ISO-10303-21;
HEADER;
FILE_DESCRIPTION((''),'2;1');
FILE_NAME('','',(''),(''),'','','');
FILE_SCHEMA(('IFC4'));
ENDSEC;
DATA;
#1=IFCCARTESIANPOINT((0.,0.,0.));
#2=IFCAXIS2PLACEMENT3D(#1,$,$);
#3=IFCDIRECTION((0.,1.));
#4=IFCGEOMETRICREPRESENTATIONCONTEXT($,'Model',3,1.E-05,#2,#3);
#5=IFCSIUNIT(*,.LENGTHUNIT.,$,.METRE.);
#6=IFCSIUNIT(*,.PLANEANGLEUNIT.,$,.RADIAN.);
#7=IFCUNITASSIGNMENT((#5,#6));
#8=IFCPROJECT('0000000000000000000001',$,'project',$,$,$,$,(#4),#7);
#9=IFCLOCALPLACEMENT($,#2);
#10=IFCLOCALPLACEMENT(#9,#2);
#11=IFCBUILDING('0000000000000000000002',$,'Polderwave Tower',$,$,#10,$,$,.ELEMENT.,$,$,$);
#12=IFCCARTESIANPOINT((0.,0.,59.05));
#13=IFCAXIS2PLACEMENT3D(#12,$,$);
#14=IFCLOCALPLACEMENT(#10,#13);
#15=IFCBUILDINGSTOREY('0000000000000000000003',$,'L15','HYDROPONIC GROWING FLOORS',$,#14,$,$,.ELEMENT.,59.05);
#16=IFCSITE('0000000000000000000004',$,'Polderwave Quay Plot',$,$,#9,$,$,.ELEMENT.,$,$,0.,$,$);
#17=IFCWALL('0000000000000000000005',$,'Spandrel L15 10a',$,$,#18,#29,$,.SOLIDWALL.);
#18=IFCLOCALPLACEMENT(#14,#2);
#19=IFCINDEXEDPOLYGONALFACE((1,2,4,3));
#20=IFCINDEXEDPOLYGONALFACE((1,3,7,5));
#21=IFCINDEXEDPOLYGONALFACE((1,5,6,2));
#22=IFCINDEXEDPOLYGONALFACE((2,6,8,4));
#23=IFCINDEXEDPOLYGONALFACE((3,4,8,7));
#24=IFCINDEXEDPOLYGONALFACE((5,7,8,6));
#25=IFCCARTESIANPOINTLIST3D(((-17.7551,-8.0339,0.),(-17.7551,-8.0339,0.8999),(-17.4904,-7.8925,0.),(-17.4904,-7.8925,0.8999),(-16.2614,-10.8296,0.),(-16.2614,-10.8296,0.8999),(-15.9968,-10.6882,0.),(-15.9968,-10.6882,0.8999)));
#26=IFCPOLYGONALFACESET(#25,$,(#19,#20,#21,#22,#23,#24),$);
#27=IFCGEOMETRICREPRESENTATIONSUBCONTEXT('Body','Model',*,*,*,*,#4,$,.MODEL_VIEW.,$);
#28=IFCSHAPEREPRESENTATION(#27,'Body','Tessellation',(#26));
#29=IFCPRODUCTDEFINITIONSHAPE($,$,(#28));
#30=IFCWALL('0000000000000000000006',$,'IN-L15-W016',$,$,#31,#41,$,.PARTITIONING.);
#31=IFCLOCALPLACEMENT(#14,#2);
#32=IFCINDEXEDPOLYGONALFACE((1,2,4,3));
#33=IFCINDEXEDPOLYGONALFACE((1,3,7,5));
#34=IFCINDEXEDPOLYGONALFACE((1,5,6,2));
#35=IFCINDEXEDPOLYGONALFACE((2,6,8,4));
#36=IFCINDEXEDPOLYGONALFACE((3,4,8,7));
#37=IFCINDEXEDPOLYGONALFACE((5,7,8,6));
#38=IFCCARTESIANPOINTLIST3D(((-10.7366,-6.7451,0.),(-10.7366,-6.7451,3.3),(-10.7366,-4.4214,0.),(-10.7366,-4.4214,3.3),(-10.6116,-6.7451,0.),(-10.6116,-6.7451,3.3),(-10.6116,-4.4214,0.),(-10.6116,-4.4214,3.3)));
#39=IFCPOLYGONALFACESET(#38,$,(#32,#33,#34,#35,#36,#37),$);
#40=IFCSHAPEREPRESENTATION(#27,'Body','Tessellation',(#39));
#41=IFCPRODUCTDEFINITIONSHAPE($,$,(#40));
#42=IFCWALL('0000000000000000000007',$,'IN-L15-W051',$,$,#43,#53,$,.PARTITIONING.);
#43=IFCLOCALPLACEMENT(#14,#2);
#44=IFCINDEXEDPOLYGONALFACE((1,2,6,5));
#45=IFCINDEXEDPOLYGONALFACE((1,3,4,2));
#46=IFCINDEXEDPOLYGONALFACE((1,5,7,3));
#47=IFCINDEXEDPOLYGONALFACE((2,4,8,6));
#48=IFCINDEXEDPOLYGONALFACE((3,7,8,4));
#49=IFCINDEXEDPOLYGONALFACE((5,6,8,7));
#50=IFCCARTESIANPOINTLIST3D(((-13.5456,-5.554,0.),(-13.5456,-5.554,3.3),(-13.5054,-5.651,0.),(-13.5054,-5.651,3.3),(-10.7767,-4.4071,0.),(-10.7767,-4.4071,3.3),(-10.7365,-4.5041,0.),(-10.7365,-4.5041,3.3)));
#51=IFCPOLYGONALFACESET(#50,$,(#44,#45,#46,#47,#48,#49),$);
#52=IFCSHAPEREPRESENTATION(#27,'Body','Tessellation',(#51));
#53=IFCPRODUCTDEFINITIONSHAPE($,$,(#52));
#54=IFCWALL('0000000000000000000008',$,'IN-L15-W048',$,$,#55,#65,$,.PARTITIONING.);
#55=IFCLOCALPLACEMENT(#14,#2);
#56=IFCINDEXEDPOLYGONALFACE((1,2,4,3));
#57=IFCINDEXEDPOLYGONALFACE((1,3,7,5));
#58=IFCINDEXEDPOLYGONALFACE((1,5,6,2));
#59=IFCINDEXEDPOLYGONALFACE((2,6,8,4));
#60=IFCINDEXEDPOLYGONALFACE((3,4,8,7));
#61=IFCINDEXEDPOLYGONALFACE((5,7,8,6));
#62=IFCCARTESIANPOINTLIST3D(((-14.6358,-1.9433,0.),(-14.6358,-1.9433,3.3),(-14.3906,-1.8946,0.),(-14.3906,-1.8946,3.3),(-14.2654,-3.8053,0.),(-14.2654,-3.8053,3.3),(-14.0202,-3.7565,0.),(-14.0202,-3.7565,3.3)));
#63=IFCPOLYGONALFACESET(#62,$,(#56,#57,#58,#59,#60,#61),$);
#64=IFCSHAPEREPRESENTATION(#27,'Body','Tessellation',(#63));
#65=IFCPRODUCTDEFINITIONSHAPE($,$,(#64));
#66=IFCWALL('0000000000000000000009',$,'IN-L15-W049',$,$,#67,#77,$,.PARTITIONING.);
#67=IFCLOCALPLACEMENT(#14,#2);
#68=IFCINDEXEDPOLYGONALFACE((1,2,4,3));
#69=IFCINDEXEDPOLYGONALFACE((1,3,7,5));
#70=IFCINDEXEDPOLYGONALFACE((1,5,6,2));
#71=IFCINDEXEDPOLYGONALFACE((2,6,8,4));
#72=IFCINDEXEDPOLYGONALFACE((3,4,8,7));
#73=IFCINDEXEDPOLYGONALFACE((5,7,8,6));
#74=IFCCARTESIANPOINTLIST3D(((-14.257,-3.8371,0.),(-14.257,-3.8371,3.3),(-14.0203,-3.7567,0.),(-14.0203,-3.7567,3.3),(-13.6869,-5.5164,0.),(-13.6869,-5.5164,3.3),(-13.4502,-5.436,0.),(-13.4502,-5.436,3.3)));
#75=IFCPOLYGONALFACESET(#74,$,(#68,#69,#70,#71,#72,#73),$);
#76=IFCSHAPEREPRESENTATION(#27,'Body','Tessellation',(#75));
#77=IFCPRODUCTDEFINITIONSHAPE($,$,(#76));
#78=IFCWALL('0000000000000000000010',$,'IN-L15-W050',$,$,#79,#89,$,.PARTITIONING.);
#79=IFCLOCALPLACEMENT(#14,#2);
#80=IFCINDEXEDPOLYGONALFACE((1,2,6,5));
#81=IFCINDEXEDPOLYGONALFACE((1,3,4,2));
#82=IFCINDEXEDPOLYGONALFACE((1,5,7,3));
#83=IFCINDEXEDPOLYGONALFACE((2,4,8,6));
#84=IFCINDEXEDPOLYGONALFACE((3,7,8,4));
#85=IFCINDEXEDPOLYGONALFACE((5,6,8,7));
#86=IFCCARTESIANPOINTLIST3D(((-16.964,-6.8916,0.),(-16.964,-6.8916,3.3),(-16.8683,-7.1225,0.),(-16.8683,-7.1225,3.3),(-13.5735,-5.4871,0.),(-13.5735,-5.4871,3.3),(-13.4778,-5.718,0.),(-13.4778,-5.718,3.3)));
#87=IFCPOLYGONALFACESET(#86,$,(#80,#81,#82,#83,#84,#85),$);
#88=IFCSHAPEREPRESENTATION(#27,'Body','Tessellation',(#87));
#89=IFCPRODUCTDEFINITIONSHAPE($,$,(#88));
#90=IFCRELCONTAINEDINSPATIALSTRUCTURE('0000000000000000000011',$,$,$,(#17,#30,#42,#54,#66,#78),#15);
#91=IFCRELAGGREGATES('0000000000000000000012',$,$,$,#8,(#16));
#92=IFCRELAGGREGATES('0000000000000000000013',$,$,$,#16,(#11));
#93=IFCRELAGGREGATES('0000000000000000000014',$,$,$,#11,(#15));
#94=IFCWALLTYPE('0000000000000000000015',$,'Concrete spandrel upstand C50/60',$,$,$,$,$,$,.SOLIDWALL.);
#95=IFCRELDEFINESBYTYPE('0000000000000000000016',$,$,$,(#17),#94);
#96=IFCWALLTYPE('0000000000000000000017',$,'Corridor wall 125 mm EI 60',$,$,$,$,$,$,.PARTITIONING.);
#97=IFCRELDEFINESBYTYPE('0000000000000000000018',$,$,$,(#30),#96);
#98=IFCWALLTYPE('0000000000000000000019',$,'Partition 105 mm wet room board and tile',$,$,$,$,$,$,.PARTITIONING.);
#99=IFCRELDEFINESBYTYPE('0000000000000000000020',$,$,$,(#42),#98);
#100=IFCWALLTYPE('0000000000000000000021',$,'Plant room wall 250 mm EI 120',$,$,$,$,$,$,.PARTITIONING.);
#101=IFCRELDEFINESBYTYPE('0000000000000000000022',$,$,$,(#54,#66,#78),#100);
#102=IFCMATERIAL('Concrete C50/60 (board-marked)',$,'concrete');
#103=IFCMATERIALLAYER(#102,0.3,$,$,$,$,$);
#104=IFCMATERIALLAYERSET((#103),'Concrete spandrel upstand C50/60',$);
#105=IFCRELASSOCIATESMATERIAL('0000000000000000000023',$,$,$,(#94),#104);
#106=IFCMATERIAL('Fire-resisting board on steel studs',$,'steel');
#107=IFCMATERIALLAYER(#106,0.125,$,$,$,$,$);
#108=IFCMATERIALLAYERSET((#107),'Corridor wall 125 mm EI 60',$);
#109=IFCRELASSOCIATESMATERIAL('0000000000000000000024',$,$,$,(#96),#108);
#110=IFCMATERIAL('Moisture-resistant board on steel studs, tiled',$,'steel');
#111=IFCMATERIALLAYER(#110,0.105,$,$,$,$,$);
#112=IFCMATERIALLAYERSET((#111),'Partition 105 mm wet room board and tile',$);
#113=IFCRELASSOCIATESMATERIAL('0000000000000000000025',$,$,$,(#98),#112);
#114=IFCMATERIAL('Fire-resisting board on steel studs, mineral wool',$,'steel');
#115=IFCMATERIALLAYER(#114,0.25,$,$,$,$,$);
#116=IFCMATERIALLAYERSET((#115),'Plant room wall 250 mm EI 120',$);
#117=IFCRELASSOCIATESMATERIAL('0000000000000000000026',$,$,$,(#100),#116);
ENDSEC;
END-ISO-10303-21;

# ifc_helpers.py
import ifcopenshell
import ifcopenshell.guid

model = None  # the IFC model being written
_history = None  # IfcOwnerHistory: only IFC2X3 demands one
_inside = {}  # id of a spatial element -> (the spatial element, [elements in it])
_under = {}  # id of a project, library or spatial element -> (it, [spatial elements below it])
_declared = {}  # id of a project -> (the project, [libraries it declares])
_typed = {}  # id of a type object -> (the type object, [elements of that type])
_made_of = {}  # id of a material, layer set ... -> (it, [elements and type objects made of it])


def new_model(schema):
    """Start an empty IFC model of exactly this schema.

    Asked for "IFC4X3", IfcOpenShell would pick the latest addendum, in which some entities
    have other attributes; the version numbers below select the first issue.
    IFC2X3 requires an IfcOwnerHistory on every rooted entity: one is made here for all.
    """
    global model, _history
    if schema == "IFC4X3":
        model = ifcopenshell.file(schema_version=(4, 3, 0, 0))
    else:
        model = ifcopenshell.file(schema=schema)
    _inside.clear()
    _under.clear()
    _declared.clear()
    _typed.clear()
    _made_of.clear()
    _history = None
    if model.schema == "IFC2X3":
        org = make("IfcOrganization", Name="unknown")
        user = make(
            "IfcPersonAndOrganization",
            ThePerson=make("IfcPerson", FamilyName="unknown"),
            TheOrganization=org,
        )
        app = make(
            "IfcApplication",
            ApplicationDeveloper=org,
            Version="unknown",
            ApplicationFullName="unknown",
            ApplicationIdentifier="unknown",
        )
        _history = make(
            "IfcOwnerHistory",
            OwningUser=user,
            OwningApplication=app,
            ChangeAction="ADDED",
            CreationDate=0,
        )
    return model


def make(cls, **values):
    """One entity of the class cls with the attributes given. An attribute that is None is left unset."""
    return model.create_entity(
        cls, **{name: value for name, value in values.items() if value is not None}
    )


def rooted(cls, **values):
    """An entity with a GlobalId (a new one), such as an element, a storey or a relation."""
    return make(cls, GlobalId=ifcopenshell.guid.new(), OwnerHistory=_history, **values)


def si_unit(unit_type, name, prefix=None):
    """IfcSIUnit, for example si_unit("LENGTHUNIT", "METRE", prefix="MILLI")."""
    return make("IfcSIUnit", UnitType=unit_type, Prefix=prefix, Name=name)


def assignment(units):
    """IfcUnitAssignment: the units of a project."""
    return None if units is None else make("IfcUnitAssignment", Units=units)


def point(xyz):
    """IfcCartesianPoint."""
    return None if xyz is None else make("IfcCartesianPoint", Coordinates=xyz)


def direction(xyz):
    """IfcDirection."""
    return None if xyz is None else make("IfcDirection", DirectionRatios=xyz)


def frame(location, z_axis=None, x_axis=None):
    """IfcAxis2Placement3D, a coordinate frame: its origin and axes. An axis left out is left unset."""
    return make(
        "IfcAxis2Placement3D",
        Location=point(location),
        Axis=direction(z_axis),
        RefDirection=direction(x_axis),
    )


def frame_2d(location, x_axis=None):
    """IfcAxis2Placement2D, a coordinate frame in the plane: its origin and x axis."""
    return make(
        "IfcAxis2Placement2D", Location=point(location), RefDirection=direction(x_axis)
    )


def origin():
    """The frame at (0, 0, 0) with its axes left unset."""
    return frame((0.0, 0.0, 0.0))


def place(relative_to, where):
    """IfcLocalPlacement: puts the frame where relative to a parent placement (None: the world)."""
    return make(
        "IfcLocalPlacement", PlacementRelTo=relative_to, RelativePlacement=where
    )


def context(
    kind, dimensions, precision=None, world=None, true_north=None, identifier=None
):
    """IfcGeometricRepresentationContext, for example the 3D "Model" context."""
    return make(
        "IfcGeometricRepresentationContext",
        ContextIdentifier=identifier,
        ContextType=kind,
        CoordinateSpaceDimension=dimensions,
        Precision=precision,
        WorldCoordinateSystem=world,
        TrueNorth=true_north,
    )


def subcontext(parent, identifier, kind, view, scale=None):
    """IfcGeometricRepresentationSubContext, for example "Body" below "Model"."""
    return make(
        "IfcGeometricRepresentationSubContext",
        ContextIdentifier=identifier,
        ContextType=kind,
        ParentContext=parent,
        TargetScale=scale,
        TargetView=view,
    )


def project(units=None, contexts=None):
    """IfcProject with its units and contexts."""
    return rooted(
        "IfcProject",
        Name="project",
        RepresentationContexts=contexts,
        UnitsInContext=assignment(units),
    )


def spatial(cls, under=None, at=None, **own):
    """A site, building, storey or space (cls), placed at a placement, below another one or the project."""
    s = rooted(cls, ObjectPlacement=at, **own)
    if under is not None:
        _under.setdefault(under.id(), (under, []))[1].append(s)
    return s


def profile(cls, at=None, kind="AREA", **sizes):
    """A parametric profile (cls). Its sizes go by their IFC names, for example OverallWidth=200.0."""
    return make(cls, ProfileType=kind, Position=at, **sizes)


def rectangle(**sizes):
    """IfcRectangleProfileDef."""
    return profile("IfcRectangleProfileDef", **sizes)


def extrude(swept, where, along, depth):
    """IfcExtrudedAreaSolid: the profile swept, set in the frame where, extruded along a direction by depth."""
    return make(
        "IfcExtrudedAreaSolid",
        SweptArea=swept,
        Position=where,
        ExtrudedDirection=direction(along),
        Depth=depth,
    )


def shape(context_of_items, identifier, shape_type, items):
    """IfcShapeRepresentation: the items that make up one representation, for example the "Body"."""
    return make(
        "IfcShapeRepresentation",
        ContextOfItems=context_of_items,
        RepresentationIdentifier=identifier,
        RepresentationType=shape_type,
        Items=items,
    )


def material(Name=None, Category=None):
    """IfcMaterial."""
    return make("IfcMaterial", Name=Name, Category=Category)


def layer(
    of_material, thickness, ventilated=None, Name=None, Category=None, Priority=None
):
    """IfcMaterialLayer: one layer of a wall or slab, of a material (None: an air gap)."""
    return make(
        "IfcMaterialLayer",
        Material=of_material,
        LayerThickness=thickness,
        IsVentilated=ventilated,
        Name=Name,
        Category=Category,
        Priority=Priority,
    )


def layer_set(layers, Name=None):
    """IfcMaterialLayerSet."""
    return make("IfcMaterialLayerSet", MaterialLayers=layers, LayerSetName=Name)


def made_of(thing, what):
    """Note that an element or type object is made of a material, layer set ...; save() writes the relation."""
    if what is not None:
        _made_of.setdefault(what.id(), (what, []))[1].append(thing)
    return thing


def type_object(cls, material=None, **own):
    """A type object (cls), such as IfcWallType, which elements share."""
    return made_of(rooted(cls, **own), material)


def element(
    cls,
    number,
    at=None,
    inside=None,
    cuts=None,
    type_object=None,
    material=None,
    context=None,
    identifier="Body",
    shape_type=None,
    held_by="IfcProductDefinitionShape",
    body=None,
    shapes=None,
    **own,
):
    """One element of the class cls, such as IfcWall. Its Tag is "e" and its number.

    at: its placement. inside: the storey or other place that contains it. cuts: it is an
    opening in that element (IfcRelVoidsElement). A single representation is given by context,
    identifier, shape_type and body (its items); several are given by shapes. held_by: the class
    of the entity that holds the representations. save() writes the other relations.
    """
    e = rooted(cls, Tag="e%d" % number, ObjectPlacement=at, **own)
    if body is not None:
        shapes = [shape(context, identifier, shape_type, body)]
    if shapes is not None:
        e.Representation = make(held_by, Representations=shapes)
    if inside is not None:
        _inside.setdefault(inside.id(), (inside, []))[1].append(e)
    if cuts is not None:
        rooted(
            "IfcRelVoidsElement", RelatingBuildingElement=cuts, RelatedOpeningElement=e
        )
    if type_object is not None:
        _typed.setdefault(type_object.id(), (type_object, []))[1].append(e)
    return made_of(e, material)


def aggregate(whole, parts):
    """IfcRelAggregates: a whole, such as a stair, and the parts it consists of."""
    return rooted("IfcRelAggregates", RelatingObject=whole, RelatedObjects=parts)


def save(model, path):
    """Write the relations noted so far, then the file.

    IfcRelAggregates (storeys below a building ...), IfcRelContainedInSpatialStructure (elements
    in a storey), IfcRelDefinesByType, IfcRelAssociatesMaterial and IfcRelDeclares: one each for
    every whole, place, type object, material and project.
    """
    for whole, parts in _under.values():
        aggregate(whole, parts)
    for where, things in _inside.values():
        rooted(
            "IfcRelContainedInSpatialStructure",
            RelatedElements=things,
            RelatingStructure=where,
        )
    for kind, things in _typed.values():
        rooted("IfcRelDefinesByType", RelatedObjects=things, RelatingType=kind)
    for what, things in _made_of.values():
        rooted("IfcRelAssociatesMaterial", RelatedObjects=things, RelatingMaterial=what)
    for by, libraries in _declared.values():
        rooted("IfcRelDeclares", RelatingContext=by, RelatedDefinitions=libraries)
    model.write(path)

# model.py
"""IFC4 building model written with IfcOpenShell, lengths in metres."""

from ifc_helpers import new_model, si_unit, direction, frame, frame_2d, origin, place, context, subcontext, project, spatial, rectangle, extrude, material, layer, layer_set, type_object, element, save


model = new_model("IFC4")

# Units and contexts
model_context = context("Model", 3, precision=1e-05, world=origin(), true_north=direction((0.0, 1.0)))
body_context = subcontext(model_context, "Body", "Model", "MODEL_VIEW")
ifc_project = project(units=[si_unit("LENGTHUNIT", "METRE"), si_unit("PLANEANGLEUNIT", "RADIAN")], contexts=[model_context])

# Site, building, storey
site_placement = place(None, origin())
site = spatial("IfcSite", under=ifc_project, at=site_placement, Name="Polderwave Quay Plot", CompositionType="ELEMENT", RefElevation=0.0)
building_placement = place(site_placement, origin())
building = spatial("IfcBuilding", under=site, at=building_placement, Name="Polderwave Tower", CompositionType="ELEMENT")
storey_placement = place(building_placement, frame((0.0, 0.0, 59.05)))
storey = spatial("IfcBuildingStorey", under=building, at=storey_placement, Name="L15", Description="HYDROPONIC GROWING FLOORS", CompositionType="ELEMENT", Elevation=59.05)

# Walls
ifc_material_1 = material(Name="Concrete C50/60 (board-marked)", Category="concrete")
ifc_layer_1 = layer(ifc_material_1, 0.3)
ifc_layer_set_1 = layer_set([ifc_layer_1], Name="Concrete spandrel upstand C50/60")
wall_type_1 = type_object("IfcWallType", Name="Concrete spandrel upstand C50/60", PredefinedType="SOLIDWALL", material=ifc_layer_set_1)
wall_1_placement = place(storey_placement, frame((-17.6228, -7.9631, 0.0), z_axis=(0.0, 0.0, 1.0), x_axis=(0.471236, -0.882007, 0.0)))
element("IfcWall", 1, at=wall_1_placement, inside=storey, type_object=wall_type_1, Name="Spandrel L15 10a", PredefinedType="SOLIDWALL", context=body_context, shape_type="SweptSolid", body=[
    extrude(rectangle(XDim=3.1697, YDim=0.3, at=frame_2d((1.585, 0.0))), origin(), (0.0, 0.0, 1.0), 0.8999),
])
ifc_material_2 = material(Name="Fire-resisting board on steel studs", Category="steel")
ifc_layer_2 = layer(ifc_material_2, 0.125)
ifc_layer_set_2 = layer_set([ifc_layer_2], Name="Corridor wall 125 mm EI 60")
wall_type_2 = type_object("IfcWallType", Name="Corridor wall 125 mm EI 60", PredefinedType="PARTITIONING", material=ifc_layer_set_2)
wall_2_placement = place(storey_placement, frame((-10.6741, -6.7451, 0.0), z_axis=(0.0, 0.0, 1.0), x_axis=(0.0, 1.0, 0.0)))
element("IfcWall", 2, at=wall_2_placement, inside=storey, type_object=wall_type_2, Name="IN-L15-W016", PredefinedType="PARTITIONING", context=body_context, shape_type="SweptSolid", body=[
    extrude(rectangle(XDim=2.3237, YDim=0.125, at=frame_2d((1.1619, 0.0))), origin(), (0.0, 0.0, 1.0), 3.3),
])
ifc_material_3 = material(Name="Moisture-resistant board on steel studs, tiled", Category="steel")
ifc_layer_3 = layer(ifc_material_3, 0.105)
ifc_layer_set_3 = layer_set([ifc_layer_3], Name="Partition 105 mm wet room board and tile")
wall_type_3 = type_object("IfcWallType", Name="Partition 105 mm wet room board and tile", PredefinedType="PARTITIONING", material=ifc_layer_set_3)
wall_3_placement = place(storey_placement, frame((-10.7566, -4.4556, 0.0), z_axis=(0.0, 0.0, 1.0), x_axis=(-0.92388, -0.382683, 0.0)))
element("IfcWall", 3, at=wall_3_placement, inside=storey, type_object=wall_type_3, Name="IN-L15-W051", PredefinedType="PARTITIONING", context=body_context, shape_type="SweptSolid", body=[
    extrude(rectangle(XDim=2.9971, YDim=0.105, at=frame_2d((1.4985, 0.0))), origin(), (0.0, 0.0, 1.0), 3.3),
])
ifc_material_4 = material(Name="Fire-resisting board on steel studs, mineral wool", Category="steel")
ifc_layer_4 = layer(ifc_material_4, 0.25)
ifc_layer_set_4 = layer_set([ifc_layer_4], Name="Plant room wall 250 mm EI 120")
wall_type_4 = type_object("IfcWallType", Name="Plant room wall 250 mm EI 120", PredefinedType="PARTITIONING", material=ifc_layer_set_4)
wall_4_placement = place(storey_placement, frame((-14.5132, -1.9189, 0.0), z_axis=(0.0, 0.0, 1.0), x_axis=(0.195077, -0.980788, 0.0)))
element("IfcWall", 4, at=wall_4_placement, inside=storey, type_object=wall_type_4, Name="IN-L15-W048", PredefinedType="PARTITIONING", context=body_context, shape_type="SweptSolid", body=[
    extrude(rectangle(XDim=1.8984, YDim=0.25, at=frame_2d((0.9492, 0.0))), origin(), (0.0, 0.0, 1.0), 3.3),
])
wall_5_placement = place(storey_placement, frame((-14.1387, -3.7969, 0.0), z_axis=(0.0, 0.0, 1.0), x_axis=(0.321468, -0.94692, 0.0)))
element("IfcWall", 5, at=wall_5_placement, inside=storey, type_object=wall_type_4, Name="IN-L15-W049", PredefinedType="PARTITIONING", context=body_context, shape_type="SweptSolid", body=[
    extrude(rectangle(XDim=1.7734, YDim=0.25, at=frame_2d((0.8867, 0.0))), origin(), (0.0, 0.0, 1.0), 3.3),
])
wall_6_placement = place(storey_placement, frame((-13.5256, -5.6025, 0.0), z_axis=(0.0, 0.0, 1.0), x_axis=(-0.92387, -0.382706, 0.0)))
element("IfcWall", 6, at=wall_6_placement, inside=storey, type_object=wall_type_4, Name="IN-L15-W050", PredefinedType="PARTITIONING", context=body_context, shape_type="SweptSolid", body=[
    extrude(rectangle(XDim=3.6699, YDim=0.25, at=frame_2d((1.835, 0.0))), origin(), (0.0, 0.0, 1.0), 3.3),
])

save(model, "model.ifc")
